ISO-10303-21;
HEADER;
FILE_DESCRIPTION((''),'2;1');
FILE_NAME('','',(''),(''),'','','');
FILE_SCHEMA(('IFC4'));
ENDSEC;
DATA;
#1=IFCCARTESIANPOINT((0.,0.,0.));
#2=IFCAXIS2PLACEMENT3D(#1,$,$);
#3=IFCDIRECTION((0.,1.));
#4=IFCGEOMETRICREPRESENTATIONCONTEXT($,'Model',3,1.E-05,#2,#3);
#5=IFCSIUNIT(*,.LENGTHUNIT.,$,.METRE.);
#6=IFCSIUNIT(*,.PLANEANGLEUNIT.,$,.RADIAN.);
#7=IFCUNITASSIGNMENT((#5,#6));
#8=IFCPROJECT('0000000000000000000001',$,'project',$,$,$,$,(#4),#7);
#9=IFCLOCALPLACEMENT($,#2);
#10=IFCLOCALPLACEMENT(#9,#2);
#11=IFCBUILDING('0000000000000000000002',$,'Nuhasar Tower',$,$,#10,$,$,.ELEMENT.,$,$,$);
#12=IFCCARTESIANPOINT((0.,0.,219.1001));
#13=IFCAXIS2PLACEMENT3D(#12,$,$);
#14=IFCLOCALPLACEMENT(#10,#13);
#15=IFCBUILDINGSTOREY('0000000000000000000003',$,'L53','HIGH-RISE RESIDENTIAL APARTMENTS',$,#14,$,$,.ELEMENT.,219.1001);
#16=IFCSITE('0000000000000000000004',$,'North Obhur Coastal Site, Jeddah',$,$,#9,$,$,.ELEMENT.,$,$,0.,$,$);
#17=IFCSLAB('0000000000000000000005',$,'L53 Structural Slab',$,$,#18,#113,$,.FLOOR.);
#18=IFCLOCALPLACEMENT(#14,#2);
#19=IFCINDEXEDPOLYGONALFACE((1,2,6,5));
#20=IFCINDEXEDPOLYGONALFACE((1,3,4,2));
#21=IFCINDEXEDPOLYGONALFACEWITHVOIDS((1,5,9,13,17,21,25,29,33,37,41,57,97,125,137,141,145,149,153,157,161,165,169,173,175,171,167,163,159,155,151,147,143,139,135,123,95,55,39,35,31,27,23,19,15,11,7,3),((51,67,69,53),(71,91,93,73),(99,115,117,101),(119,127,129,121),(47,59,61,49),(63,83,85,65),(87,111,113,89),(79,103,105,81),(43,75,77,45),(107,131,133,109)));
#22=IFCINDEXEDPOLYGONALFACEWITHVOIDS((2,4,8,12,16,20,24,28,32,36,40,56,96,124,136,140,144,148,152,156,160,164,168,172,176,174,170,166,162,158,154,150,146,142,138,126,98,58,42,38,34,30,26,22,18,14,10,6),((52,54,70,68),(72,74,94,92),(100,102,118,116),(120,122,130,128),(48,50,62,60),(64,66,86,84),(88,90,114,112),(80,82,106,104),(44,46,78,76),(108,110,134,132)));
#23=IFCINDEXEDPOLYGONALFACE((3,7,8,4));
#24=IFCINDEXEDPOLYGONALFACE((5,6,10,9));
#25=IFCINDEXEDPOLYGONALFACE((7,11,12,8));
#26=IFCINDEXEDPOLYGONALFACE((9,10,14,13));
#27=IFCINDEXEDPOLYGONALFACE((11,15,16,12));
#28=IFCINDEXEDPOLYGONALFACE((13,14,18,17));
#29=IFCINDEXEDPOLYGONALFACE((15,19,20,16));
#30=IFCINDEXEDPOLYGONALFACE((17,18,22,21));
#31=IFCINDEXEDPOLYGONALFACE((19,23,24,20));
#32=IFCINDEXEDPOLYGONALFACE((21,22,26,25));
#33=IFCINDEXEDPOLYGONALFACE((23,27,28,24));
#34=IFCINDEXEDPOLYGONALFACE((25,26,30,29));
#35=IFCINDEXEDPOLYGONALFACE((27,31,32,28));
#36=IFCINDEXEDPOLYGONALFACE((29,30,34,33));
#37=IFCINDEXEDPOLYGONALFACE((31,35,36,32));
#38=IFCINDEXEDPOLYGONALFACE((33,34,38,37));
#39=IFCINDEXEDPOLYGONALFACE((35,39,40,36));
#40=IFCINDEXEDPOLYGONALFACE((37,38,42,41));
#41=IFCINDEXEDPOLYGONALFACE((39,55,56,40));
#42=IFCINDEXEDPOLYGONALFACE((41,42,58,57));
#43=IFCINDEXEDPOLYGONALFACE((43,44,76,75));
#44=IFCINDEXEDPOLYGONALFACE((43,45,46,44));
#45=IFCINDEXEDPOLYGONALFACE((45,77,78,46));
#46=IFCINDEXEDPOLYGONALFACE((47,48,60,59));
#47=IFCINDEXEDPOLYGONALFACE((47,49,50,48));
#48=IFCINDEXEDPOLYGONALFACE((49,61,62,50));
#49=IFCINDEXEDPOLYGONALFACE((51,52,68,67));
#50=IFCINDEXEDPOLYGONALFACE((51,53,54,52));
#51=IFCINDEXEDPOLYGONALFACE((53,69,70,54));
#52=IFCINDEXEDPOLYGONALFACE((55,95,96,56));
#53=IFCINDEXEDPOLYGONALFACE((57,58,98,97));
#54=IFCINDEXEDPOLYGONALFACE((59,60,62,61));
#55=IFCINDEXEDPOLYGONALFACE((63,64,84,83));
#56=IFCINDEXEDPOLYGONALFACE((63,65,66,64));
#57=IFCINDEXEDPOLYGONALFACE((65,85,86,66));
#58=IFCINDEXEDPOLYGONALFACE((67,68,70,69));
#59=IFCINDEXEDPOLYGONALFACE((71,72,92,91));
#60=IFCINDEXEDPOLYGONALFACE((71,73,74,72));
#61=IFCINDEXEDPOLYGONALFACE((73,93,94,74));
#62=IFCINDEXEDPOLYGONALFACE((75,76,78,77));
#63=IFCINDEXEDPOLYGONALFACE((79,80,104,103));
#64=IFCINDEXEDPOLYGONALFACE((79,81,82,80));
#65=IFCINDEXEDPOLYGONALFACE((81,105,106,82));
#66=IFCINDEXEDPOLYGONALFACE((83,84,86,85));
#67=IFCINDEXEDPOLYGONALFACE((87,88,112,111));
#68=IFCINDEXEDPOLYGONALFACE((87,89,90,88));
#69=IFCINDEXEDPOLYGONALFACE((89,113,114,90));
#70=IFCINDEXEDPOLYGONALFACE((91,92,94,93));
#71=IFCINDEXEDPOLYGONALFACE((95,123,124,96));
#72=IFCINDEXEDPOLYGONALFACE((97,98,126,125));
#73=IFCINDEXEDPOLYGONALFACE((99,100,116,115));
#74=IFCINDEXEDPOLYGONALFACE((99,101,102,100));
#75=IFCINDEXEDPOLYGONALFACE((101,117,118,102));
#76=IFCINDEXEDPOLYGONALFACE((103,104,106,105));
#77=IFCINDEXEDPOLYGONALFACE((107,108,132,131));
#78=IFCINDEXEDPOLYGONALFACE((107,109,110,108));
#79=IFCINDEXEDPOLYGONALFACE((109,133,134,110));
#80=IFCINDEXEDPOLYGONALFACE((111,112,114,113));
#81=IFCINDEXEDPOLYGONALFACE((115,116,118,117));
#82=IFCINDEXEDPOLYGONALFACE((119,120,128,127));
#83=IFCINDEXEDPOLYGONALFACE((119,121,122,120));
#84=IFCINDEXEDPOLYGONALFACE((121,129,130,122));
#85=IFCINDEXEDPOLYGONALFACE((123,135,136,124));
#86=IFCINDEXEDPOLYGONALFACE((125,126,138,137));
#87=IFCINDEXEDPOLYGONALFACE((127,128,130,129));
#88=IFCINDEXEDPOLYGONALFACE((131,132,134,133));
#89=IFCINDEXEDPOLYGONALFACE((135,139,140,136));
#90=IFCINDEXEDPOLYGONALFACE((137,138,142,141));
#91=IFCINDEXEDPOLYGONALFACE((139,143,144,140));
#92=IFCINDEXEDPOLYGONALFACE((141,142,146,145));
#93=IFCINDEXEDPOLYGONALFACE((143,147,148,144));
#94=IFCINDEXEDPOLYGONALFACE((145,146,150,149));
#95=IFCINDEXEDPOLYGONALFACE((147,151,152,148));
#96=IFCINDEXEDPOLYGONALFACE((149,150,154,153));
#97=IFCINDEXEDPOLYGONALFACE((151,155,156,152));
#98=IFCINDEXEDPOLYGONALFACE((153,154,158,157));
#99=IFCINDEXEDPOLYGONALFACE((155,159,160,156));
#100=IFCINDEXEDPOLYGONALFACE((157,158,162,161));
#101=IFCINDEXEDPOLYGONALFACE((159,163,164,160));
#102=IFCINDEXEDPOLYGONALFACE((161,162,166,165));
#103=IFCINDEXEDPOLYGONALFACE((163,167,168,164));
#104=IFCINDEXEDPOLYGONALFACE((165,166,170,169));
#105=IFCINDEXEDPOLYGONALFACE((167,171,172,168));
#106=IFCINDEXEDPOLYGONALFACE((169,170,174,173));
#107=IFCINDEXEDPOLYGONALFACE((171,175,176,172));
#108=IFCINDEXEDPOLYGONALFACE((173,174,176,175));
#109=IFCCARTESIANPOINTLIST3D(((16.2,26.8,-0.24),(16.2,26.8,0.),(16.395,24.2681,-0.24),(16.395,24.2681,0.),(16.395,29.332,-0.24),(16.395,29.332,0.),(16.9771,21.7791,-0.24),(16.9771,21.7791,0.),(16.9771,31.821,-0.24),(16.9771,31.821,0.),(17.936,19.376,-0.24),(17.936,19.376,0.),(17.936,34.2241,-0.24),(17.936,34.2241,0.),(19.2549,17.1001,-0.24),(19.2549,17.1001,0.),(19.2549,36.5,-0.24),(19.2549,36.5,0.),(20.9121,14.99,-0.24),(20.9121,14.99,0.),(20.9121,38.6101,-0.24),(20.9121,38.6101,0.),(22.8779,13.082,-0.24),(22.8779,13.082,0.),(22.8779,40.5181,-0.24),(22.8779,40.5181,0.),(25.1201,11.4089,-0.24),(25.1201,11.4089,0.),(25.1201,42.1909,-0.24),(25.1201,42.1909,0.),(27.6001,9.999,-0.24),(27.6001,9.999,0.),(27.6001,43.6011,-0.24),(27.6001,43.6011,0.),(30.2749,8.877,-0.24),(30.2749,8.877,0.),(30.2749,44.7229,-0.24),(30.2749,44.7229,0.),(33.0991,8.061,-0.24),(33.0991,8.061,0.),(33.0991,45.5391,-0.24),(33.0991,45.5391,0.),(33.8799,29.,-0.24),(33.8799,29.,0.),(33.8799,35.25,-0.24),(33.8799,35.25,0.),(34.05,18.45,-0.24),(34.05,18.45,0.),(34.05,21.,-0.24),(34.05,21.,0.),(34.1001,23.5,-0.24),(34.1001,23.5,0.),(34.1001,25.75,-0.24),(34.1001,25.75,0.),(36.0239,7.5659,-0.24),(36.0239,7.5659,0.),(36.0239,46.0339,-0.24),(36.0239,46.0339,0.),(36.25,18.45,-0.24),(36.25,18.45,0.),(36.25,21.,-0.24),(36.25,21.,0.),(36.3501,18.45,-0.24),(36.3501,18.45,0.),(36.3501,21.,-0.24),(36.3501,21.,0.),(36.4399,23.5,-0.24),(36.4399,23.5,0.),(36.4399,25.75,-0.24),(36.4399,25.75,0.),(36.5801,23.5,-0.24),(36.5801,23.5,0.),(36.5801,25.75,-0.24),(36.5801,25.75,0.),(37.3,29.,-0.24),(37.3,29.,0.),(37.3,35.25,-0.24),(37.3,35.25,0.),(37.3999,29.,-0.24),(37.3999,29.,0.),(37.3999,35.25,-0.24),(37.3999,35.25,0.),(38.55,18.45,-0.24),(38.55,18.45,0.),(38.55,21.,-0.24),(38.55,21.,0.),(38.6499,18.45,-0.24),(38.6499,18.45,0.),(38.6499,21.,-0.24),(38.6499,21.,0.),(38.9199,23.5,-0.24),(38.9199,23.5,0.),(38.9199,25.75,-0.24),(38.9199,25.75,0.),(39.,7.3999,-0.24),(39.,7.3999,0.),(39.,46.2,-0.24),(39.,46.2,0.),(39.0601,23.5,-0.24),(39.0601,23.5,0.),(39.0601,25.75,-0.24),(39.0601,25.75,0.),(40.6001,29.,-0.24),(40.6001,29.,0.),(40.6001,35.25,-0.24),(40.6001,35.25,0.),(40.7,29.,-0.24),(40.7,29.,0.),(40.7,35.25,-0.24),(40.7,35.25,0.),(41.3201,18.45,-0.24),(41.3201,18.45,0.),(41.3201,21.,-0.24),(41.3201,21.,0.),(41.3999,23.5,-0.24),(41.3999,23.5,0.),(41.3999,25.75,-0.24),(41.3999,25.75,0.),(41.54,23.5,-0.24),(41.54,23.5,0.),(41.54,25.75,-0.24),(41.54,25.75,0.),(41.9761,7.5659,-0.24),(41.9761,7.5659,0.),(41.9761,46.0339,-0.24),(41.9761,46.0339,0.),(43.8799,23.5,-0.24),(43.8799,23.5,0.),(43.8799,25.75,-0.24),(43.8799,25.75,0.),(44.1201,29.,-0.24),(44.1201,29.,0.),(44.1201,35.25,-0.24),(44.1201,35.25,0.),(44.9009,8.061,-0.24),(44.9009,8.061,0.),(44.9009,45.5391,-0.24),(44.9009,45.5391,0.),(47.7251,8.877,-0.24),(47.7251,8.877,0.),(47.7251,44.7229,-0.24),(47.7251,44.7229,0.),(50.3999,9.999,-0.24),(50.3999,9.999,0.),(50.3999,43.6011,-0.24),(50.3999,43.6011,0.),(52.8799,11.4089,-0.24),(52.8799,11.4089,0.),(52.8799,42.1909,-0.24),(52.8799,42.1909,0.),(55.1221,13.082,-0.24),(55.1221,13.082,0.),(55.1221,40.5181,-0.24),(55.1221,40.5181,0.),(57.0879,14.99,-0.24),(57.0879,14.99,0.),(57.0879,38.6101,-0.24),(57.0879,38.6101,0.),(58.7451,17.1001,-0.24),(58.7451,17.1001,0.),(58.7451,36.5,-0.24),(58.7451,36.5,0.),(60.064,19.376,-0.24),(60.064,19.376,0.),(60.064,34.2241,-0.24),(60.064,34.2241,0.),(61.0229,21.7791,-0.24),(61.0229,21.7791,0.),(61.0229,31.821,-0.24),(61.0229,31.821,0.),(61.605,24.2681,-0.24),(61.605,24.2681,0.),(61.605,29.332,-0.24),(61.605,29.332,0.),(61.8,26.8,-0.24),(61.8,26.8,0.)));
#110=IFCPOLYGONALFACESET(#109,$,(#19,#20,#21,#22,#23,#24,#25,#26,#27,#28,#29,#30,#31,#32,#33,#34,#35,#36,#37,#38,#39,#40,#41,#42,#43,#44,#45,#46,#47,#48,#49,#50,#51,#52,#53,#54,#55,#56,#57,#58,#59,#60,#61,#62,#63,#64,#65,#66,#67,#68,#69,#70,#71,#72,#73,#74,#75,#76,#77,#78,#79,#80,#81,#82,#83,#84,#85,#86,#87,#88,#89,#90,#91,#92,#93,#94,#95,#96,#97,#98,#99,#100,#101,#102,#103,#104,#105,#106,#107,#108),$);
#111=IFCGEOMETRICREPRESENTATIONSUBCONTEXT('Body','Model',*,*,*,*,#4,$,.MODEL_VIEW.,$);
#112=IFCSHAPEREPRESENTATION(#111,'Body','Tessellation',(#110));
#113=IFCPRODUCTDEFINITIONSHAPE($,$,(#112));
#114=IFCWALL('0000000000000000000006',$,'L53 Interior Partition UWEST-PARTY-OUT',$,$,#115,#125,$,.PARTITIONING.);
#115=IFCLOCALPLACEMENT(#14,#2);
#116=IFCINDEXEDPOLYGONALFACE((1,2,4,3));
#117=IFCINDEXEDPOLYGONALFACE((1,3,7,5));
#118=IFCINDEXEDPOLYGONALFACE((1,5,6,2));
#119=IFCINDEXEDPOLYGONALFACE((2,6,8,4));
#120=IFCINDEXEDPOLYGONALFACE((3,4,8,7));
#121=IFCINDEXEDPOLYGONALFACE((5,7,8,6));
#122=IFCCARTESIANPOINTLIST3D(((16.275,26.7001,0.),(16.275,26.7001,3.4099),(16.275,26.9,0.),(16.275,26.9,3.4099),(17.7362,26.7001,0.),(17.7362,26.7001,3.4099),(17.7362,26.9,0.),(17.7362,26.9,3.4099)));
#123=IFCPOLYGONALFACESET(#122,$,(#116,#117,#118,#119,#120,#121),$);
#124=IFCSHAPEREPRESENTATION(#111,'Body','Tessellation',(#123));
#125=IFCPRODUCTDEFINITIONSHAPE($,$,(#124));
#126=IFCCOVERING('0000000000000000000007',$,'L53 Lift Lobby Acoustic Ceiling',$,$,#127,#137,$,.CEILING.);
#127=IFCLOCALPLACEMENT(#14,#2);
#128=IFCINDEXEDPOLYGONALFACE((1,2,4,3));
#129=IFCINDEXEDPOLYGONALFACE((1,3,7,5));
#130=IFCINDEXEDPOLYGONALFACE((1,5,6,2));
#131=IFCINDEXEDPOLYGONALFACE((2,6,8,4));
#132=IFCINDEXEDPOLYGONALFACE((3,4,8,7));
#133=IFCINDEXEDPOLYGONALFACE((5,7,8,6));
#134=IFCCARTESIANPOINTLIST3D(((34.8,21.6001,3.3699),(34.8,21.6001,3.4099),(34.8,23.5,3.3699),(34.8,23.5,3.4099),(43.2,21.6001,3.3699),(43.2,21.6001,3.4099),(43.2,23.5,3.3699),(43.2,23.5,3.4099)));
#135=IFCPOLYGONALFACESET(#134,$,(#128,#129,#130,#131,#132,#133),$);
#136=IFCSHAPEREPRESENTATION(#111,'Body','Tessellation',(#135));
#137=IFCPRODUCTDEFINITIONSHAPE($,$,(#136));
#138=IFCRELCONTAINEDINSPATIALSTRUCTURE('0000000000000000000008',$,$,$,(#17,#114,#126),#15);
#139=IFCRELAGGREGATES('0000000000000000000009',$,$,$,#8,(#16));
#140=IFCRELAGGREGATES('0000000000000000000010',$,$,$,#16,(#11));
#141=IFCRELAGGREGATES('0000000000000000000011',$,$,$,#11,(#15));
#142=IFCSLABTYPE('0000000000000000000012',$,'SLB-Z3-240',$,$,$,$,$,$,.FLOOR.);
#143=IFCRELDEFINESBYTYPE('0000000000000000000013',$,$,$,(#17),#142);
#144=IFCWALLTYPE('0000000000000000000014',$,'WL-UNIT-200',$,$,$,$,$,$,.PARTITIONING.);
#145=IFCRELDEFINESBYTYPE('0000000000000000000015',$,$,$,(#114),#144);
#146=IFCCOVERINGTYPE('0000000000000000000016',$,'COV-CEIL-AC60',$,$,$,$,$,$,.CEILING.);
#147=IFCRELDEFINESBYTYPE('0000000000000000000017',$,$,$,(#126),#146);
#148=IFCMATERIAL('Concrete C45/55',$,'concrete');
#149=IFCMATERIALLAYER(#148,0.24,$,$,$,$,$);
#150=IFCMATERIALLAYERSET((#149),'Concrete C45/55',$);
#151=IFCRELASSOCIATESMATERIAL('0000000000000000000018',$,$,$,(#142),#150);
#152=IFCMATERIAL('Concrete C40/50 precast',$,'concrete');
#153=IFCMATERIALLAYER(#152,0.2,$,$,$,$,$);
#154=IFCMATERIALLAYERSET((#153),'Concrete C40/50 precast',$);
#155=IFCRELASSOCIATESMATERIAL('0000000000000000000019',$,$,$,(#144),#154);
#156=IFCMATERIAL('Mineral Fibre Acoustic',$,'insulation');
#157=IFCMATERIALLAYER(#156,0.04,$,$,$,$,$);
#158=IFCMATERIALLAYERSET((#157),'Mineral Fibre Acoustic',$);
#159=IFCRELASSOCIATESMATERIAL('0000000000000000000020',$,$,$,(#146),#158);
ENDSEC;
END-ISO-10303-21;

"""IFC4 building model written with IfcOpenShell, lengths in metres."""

from ifc_helpers import new_model, si_unit, direction, frame, frame_2d, origin, place, context, subcontext, project, spatial, polyline, rectangle, outline, extrude, material, layer, layer_set, type_object, element, save


model = new_model("IFC4")

# Units and contexts
model_context = context("Model", 3, precision=1e-05, world=origin(), true_north=direction((0.0, 1.0)))
body_context = subcontext(model_context, "Body", "Model", "MODEL_VIEW")
ifc_project = project(units=[si_unit("LENGTHUNIT", "METRE"), si_unit("PLANEANGLEUNIT", "RADIAN")], contexts=[model_context])

# Site, building, storey
site_placement = place(None, origin())
site = spatial("IfcSite", under=ifc_project, at=site_placement, Name="North Obhur Coastal Site, Jeddah", CompositionType="ELEMENT", RefElevation=0.0)
building_placement = place(site_placement, origin())
building = spatial("IfcBuilding", under=site, at=building_placement, Name="Nuhasar Tower", CompositionType="ELEMENT")
storey_placement = place(building_placement, frame((0.0, 0.0, 219.1001)))
storey = spatial("IfcBuildingStorey", under=building, at=storey_placement, Name="L53", Description="HIGH-RISE RESIDENTIAL APARTMENTS", CompositionType="ELEMENT", Elevation=219.1001)

# Shared definitions
ifc_material_1 = material(Name="Concrete C45/55", Category="concrete")

# Slab
ifc_layer_1 = layer(ifc_material_1, 0.24)
ifc_layer_set_1 = layer_set([ifc_layer_1], Name="Concrete C45/55")
slab_type_1 = type_object("IfcSlabType", Name="SLB-Z3-240", PredefinedType="FLOOR", material=ifc_layer_set_1)
slab_1_placement = place(storey_placement, frame((0.0, 0.0, -0.24)))
element("IfcSlab", 1, at=slab_1_placement, inside=storey, type_object=slab_type_1, Name="L53 Structural Slab", PredefinedType="FLOOR", context=body_context, shape_type="SweptSolid", body=[
    extrude(outline(polyline([(61.8, 26.8), (61.605, 29.332), (61.0229, 31.821), (60.064, 34.2241), (58.7451, 36.5), (57.0879, 38.6101), (55.1221, 40.5181), (52.8799, 42.1909), (50.3999, 43.6011), (47.7251, 44.7229), (44.9009, 45.5391), (41.9761, 46.0339), (39.0, 46.2), (36.0239, 46.0339), (33.0991, 45.5391), (30.2749, 44.7229), (27.6001, 43.6011), (25.1201, 42.1909), (22.8779, 40.5181), (20.9121, 38.6101), (19.2549, 36.5), (17.936, 34.2241), (16.9771, 31.821), (16.395, 29.332), (16.2, 26.8), (16.395, 24.2681), (16.9771, 21.7791), (17.936, 19.376), (19.2549, 17.1001), (20.9121, 14.99), (22.8779, 13.082), (25.1201, 11.4089), (27.6001, 9.999), (30.2749, 8.877), (33.0991, 8.061), (36.0239, 7.5659), (39.0, 7.3999), (41.9761, 7.5659), (44.9009, 8.061), (47.7251, 8.877), (50.3999, 9.999), (52.8799, 11.4089), (55.1221, 13.082), (57.0879, 14.99), (58.7451, 17.1001), (60.064, 19.376), (61.0229, 21.7791), (61.605, 24.2681), (61.8, 26.8)]), holes=[polyline([(33.8799, 35.25), (37.3, 35.25), (37.3, 29.0), (33.8799, 29.0), (33.8799, 35.25)]), polyline([(37.3999, 35.25), (40.6001, 35.25), (40.6001, 29.0), (37.3999, 29.0), (37.3999, 35.25)]), polyline([(40.7, 35.25), (44.1201, 35.25), (44.1201, 29.0), (40.7, 29.0), (40.7, 35.25)]), polyline([(34.1001, 25.75), (36.4399, 25.75), (36.4399, 23.5), (34.1001, 23.5), (34.1001, 25.75)]), polyline([(36.5801, 25.75), (38.9199, 25.75), (38.9199, 23.5), (36.5801, 23.5), (36.5801, 25.75)]), polyline([(39.0601, 25.75), (41.3999, 25.75), (41.3999, 23.5), (39.0601, 23.5), (39.0601, 25.75)]), polyline([(41.54, 25.75), (43.8799, 25.75), (43.8799, 23.5), (41.54, 23.5), (41.54, 25.75)]), polyline([(34.05, 21.0), (36.25, 21.0), (36.25, 18.45), (34.05, 18.45), (34.05, 21.0)]), polyline([(36.3501, 21.0), (38.55, 21.0), (38.55, 18.45), (36.3501, 18.45), (36.3501, 21.0)]), polyline([(38.6499, 21.0), (41.3201, 21.0), (41.3201, 18.45), (38.6499, 18.45), (38.6499, 21.0)])]), origin(), (0.0, 0.0, 1.0), 0.24),
])

# Wall
ifc_material_2 = material(Name="Concrete C40/50 precast", Category="concrete")
ifc_layer_2 = layer(ifc_material_2, 0.2)
ifc_layer_set_2 = layer_set([ifc_layer_2], Name="Concrete C40/50 precast")
wall_type = type_object("IfcWallType", Name="WL-UNIT-200", PredefinedType="PARTITIONING", material=ifc_layer_set_2)
wall_placement = place(storey_placement, frame((17.7361, 26.8, 0.0), z_axis=(0.0, 0.0, 1.0), x_axis=(-1.0, 0.0, 0.0)))
element("IfcWall", 2, at=wall_placement, inside=storey, type_object=wall_type, Name="L53 Interior Partition UWEST-PARTY-OUT", PredefinedType="PARTITIONING", context=body_context, shape_type="SweptSolid", body=[
    extrude(rectangle(XDim=1.4612, YDim=0.2, at=frame_2d((0.7305, 0.0))), origin(), (0.0, 0.0, 1.0), 3.4099),
])

# Covering
ifc_material_3 = material(Name="Mineral Fibre Acoustic", Category="insulation")
ifc_layer_3 = layer(ifc_material_3, 0.04)
ifc_layer_set_3 = layer_set([ifc_layer_3], Name="Mineral Fibre Acoustic")
covering_type = type_object("IfcCoveringType", Name="COV-CEIL-AC60", PredefinedType="CEILING", material=ifc_layer_set_3)
covering_placement = place(storey_placement, frame((0.0, 0.0, 3.3699)))
element("IfcCovering", 3, at=covering_placement, inside=storey, type_object=covering_type, Name="L53 Lift Lobby Acoustic Ceiling", PredefinedType="CEILING", context=body_context, shape_type="SweptSolid", body=[
    extrude(outline(polyline([(34.8, 21.6001), (43.2, 21.6001), (43.2, 23.5), (34.8, 23.5), (34.8, 21.6001)])), origin(), (0.0, 0.0, 1.0), 0.04),
])

save(model, "model.ifc")
